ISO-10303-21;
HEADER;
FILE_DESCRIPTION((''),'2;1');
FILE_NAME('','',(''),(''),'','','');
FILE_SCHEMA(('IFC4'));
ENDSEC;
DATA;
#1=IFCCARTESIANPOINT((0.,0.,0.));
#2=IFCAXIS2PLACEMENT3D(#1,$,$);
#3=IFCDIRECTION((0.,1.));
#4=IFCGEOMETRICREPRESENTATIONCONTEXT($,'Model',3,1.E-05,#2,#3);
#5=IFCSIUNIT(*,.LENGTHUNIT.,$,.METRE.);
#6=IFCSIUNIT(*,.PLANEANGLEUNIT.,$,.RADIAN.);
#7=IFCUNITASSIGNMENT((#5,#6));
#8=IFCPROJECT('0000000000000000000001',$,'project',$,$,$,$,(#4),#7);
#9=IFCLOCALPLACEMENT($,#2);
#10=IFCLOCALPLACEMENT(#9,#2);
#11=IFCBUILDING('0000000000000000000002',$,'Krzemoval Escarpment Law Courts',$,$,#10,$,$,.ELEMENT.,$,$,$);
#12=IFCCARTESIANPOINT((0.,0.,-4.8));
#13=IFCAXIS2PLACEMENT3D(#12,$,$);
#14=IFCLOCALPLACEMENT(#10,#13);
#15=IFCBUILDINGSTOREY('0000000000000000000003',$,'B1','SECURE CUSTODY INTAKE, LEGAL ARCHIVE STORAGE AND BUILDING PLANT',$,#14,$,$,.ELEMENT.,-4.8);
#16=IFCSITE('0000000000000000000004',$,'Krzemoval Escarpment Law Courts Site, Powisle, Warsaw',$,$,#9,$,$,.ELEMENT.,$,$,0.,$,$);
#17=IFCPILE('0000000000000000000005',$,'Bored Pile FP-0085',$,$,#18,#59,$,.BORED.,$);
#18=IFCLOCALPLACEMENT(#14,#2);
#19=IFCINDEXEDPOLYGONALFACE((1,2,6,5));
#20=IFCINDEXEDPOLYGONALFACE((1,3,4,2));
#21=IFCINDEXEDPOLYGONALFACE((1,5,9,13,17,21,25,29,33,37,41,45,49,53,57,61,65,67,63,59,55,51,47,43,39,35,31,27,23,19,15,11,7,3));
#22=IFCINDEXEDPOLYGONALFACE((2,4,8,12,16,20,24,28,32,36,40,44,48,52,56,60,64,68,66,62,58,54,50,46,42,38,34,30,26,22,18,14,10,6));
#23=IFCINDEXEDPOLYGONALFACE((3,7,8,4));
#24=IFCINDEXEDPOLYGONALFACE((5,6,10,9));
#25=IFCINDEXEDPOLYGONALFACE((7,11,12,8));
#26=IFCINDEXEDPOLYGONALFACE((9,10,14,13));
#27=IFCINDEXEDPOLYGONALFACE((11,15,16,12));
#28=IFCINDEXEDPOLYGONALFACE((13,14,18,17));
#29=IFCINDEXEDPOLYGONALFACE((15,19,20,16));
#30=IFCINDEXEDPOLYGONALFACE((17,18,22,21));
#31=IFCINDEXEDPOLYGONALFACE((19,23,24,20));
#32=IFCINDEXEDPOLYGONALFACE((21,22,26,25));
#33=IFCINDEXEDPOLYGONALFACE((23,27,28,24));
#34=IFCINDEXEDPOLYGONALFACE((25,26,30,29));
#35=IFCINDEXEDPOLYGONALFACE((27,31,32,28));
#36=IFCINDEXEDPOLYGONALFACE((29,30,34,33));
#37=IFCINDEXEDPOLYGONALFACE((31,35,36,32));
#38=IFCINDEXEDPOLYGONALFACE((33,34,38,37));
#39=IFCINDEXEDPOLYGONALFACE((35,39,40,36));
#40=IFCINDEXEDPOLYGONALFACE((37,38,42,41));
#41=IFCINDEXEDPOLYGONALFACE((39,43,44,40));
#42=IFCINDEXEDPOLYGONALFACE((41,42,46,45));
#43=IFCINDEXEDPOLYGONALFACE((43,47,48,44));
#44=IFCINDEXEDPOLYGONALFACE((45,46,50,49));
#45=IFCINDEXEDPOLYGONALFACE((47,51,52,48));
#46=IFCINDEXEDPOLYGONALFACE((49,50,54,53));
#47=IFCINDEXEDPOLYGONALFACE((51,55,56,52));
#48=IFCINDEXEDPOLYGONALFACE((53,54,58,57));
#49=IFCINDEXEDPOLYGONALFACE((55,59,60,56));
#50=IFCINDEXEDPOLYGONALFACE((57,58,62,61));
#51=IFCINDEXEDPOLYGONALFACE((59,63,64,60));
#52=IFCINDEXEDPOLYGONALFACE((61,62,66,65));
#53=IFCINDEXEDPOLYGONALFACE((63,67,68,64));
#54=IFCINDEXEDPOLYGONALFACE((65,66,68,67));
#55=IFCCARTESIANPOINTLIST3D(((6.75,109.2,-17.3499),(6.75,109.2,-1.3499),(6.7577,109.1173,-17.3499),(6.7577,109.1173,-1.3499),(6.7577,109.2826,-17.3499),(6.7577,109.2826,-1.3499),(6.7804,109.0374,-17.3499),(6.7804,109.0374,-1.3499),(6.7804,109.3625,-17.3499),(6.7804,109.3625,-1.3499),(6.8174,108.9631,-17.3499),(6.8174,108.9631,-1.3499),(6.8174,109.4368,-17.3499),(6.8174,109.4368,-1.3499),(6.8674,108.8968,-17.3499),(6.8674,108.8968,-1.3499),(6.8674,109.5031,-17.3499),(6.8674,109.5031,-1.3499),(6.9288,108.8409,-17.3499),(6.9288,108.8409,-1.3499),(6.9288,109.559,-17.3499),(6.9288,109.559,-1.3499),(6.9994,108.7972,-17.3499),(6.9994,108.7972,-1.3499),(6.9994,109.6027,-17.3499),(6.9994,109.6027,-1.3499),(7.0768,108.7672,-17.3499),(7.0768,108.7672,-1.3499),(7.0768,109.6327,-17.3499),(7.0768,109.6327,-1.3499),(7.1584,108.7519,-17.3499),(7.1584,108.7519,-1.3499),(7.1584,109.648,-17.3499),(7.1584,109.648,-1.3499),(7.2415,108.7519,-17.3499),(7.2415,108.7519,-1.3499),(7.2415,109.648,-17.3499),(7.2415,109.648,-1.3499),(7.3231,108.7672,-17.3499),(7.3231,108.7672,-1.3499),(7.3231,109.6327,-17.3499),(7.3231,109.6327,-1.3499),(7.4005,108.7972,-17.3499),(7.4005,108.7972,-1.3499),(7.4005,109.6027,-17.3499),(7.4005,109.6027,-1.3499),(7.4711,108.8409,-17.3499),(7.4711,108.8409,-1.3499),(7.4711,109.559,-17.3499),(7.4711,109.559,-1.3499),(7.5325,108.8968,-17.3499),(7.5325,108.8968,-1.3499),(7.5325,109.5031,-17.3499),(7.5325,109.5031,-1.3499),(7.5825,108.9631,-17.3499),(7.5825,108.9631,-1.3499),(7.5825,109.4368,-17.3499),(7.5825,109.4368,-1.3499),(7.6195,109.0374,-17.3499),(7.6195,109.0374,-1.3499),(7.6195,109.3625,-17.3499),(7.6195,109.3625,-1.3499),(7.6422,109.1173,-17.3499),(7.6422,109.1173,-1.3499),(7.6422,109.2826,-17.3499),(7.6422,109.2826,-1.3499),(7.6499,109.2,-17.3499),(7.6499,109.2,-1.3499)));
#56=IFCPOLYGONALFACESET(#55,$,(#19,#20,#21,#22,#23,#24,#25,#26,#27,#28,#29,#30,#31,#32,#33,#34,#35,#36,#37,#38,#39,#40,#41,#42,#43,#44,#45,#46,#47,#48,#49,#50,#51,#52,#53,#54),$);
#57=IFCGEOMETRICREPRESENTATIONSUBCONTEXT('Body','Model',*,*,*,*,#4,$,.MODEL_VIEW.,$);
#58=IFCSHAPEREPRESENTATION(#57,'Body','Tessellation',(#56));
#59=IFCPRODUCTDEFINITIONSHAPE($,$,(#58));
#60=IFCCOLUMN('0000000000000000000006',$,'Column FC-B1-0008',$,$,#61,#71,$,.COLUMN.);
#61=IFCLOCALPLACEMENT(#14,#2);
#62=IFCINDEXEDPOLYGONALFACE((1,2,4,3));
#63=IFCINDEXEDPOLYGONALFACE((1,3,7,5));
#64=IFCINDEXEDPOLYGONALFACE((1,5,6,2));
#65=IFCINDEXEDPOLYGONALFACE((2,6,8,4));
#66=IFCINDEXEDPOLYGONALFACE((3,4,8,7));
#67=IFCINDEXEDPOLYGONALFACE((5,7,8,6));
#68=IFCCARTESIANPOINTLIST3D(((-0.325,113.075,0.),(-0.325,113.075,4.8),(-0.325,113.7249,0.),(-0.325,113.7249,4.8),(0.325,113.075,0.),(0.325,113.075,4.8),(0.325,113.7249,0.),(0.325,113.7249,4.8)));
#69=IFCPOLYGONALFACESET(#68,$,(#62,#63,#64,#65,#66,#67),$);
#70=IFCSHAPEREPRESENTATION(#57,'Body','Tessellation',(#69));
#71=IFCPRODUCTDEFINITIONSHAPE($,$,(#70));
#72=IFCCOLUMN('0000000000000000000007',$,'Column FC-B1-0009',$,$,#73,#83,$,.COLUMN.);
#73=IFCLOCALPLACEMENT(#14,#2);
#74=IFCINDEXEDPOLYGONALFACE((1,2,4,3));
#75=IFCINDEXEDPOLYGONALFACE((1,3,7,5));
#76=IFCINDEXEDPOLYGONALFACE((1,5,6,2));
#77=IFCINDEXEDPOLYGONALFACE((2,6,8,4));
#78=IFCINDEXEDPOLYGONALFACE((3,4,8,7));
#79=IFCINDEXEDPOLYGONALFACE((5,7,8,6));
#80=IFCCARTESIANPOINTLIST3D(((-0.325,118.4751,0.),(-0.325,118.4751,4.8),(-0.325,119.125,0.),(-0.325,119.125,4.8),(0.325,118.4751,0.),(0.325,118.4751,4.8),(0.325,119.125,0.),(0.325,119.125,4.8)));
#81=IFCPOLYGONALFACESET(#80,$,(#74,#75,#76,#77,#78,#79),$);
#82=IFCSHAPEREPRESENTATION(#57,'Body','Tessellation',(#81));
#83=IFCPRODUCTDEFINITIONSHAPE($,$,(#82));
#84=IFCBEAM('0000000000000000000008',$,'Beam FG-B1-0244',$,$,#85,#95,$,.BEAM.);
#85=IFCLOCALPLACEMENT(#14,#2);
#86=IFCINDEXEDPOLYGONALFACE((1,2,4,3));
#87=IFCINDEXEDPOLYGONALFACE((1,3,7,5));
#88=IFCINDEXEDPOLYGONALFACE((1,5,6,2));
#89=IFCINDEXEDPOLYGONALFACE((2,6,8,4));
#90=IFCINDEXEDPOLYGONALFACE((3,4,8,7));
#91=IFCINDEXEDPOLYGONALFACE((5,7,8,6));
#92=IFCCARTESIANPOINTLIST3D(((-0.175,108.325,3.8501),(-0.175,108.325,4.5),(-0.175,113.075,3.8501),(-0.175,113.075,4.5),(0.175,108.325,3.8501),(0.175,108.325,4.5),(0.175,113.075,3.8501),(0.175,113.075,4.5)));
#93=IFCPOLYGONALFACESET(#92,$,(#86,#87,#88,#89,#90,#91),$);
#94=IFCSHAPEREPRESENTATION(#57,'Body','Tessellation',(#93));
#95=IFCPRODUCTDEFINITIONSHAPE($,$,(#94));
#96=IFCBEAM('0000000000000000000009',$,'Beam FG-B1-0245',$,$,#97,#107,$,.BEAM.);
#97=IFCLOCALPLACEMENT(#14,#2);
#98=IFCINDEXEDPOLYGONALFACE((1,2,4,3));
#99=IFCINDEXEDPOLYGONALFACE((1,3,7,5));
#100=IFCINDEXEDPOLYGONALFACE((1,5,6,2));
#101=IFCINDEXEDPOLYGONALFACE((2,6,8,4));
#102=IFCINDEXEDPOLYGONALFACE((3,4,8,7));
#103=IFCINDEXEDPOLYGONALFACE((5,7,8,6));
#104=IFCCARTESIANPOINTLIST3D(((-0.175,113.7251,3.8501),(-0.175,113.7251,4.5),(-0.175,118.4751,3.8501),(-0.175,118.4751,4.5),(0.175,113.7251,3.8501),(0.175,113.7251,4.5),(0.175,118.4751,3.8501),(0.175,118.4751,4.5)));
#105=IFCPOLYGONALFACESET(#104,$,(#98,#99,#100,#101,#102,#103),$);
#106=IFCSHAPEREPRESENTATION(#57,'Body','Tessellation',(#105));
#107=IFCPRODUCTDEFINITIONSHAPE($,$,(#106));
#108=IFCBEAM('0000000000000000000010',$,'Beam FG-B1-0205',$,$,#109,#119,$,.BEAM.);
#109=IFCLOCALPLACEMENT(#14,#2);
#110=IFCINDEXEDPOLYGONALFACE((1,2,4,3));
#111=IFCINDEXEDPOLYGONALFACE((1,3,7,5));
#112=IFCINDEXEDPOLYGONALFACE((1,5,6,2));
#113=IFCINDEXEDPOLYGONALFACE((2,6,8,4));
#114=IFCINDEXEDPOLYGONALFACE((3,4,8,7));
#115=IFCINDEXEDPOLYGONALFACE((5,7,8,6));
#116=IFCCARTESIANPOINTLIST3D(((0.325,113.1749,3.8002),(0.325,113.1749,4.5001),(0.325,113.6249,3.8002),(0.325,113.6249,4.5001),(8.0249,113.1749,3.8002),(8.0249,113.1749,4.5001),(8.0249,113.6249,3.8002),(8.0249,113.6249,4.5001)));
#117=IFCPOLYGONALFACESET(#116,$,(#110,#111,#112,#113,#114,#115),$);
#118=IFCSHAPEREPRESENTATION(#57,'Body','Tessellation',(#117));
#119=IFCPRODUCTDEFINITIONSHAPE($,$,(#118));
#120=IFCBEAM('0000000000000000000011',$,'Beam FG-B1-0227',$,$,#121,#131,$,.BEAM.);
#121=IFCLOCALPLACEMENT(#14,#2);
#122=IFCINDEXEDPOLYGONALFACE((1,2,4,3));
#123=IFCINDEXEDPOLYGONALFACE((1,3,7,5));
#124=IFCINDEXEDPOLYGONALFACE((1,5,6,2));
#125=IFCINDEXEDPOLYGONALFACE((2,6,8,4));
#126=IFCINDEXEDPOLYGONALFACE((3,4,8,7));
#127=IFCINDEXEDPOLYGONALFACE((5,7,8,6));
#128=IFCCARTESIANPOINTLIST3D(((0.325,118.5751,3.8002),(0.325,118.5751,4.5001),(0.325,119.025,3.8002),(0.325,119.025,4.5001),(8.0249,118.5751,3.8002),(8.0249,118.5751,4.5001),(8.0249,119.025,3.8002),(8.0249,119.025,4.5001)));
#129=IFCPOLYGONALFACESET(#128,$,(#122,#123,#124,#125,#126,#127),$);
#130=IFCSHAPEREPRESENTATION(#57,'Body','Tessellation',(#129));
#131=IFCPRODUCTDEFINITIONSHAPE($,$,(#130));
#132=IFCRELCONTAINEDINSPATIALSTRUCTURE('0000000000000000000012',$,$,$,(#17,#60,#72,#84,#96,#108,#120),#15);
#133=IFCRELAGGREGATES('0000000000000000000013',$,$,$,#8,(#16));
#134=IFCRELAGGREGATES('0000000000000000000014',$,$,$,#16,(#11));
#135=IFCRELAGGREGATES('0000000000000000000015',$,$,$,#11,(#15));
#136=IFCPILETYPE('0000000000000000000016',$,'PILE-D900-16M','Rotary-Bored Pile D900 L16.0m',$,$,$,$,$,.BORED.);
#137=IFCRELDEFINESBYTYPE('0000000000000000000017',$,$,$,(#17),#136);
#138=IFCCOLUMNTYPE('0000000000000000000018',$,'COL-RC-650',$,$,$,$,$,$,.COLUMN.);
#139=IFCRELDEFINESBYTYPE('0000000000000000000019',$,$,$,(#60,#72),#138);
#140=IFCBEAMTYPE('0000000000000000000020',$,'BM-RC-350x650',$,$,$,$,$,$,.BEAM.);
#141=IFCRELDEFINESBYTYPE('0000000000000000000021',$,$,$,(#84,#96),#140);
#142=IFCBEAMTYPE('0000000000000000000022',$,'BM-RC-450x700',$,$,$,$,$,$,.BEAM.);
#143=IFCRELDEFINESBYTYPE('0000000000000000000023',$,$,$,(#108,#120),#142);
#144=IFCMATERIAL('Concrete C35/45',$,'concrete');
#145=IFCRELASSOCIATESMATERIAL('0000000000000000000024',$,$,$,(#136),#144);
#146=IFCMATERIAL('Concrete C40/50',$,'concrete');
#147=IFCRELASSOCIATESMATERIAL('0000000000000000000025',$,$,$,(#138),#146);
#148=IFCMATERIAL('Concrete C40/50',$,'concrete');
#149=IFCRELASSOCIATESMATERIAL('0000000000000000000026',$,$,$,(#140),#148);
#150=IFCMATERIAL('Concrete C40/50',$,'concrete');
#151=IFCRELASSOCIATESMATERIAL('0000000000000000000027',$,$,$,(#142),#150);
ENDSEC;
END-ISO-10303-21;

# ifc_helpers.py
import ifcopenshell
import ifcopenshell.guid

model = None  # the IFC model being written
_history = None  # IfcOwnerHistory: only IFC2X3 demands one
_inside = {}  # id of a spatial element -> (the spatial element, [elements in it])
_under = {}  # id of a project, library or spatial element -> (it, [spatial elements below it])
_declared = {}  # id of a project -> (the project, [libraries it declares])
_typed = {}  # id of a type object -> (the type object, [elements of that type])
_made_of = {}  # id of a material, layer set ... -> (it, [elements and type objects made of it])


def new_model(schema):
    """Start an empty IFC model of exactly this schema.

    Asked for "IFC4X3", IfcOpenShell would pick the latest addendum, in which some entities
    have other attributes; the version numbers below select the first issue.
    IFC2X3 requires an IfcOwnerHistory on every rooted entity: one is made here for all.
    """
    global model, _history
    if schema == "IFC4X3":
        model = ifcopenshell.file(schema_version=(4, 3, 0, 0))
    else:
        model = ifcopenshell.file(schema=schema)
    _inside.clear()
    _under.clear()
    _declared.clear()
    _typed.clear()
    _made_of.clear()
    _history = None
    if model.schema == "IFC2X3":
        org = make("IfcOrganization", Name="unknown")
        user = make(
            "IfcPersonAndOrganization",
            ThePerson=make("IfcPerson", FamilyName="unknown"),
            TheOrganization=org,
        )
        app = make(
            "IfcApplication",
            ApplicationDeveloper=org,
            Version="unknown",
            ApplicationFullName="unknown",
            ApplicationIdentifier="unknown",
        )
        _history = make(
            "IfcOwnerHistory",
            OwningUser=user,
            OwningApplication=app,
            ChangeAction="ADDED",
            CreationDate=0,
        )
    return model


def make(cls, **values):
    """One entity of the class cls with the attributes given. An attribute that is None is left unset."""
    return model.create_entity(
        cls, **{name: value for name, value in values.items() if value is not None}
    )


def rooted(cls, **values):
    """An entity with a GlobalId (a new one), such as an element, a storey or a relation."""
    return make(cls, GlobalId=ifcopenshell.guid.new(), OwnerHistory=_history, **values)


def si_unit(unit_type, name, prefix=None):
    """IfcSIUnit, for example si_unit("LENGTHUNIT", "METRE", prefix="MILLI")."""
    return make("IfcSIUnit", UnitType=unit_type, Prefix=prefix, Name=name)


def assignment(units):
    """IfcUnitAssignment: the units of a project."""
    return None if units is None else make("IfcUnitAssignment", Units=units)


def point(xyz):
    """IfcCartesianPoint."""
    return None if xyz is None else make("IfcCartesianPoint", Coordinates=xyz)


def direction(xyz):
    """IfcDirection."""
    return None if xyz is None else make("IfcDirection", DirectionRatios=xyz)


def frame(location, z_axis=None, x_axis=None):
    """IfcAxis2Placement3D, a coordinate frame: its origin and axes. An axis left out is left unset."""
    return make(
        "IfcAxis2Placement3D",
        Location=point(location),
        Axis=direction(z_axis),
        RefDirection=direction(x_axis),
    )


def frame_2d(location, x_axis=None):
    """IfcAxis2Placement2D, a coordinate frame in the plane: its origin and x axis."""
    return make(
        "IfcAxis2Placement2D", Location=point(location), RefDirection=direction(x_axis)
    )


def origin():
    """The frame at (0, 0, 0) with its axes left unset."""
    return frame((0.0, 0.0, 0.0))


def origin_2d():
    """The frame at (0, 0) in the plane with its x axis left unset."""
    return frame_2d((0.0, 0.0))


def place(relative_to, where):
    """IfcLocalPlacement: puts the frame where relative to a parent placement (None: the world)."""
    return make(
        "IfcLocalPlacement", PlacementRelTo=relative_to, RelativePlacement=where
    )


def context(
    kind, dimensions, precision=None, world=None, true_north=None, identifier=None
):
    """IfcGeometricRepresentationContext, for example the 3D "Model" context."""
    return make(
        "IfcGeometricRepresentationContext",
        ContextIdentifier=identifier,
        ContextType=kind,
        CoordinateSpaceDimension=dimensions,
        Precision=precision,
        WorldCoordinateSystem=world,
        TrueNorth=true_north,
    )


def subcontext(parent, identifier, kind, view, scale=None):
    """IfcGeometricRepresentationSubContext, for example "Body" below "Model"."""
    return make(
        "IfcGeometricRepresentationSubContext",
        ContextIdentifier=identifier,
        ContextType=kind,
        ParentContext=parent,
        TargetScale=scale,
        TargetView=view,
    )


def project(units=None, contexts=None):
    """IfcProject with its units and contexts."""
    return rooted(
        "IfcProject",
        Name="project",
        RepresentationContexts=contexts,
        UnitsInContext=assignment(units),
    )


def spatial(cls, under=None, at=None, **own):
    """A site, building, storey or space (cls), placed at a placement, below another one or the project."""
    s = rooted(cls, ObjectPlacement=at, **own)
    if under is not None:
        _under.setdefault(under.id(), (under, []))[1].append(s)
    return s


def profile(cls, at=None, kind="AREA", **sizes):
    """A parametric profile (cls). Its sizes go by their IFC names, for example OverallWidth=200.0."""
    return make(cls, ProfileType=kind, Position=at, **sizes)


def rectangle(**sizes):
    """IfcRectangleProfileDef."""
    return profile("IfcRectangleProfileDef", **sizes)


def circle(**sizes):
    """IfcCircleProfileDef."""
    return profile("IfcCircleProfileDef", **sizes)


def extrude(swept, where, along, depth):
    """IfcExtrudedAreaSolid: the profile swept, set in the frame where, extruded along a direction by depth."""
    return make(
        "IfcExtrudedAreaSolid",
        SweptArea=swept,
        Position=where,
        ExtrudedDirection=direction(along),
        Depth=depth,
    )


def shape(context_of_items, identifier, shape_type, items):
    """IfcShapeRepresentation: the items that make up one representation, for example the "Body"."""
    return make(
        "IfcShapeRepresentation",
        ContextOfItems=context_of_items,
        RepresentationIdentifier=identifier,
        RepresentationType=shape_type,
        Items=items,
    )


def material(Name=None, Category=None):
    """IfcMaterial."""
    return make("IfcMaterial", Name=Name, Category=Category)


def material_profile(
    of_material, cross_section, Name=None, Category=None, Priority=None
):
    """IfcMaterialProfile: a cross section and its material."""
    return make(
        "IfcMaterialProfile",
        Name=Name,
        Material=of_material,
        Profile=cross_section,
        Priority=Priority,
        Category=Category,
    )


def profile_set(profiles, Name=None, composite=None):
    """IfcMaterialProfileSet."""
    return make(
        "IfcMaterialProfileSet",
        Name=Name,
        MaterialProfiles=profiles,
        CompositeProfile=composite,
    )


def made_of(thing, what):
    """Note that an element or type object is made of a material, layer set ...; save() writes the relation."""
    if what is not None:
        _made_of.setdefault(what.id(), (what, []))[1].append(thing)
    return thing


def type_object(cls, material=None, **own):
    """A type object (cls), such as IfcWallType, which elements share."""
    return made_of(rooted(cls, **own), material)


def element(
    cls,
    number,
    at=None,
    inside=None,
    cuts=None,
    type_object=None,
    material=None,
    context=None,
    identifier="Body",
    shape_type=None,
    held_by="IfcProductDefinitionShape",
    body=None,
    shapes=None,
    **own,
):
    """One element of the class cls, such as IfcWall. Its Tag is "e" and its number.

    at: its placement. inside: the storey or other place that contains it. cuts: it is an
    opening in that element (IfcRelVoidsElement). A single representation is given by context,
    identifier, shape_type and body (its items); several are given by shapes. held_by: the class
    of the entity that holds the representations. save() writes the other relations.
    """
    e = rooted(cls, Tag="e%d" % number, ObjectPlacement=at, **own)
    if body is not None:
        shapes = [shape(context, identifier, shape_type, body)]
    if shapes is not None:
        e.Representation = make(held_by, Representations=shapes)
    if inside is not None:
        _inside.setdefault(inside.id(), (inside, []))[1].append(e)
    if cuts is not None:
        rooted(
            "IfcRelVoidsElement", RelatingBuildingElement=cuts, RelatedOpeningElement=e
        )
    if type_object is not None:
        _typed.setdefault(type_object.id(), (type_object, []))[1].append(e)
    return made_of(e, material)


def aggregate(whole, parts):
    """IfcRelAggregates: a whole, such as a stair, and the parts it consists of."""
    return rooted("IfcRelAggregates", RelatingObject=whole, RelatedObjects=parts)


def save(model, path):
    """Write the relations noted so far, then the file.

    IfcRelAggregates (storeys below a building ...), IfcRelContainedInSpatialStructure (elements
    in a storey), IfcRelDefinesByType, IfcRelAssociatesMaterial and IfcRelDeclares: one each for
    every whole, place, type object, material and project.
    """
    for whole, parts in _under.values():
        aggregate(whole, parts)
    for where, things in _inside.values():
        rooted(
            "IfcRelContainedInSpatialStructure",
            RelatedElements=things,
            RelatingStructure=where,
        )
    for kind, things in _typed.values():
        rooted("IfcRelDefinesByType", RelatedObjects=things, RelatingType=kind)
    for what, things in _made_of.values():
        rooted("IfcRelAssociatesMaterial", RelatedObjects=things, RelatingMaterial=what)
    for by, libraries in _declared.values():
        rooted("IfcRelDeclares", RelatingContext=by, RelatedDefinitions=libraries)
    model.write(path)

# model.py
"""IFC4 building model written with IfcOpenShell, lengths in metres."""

from ifc_helpers import new_model, si_unit, direction, frame, origin, origin_2d, place, context, subcontext, project, spatial, rectangle, circle, extrude, material, material_profile, profile_set, type_object, element, save


model = new_model("IFC4")

# Units and contexts
model_context = context("Model", 3, precision=1e-05, world=origin(), true_north=direction((0.0, 1.0)))
body_context = subcontext(model_context, "Body", "Model", "MODEL_VIEW")
ifc_project = project(units=[si_unit("LENGTHUNIT", "METRE"), si_unit("PLANEANGLEUNIT", "RADIAN")], contexts=[model_context])

# Site, building, storey
site_placement = place(None, origin())
site = spatial("IfcSite", under=ifc_project, at=site_placement, Name="Krzemoval Escarpment Law Courts Site, Powisle, Warsaw", CompositionType="ELEMENT", RefElevation=0.0)
building_placement = place(site_placement, origin())
building = spatial("IfcBuilding", under=site, at=building_placement, Name="Krzemoval Escarpment Law Courts", CompositionType="ELEMENT")
storey_placement = place(building_placement, frame((0.0, 0.0, -4.8)))
storey = spatial("IfcBuildingStorey", under=building, at=storey_placement, Name="B1", Description="SECURE CUSTODY INTAKE, LEGAL ARCHIVE STORAGE AND BUILDING PLANT", CompositionType="ELEMENT", Elevation=-4.8)

# Pile
ifc_material_1 = material(Name="Concrete C35/45", Category="concrete")
ifc_material_profile_1 = material_profile(ifc_material_1, circle(Radius=0.45, at=origin_2d()), Name="PILE D900")
ifc_profile_set_1 = profile_set([ifc_material_profile_1], Name="Concrete C35/45")
pile_type = type_object("IfcPileType", Name="PILE-D900-16M", Description="Rotary-Bored Pile D900 L16.0m", PredefinedType="BORED", material=ifc_profile_set_1)
for number, where, z_axis, x_axis, name in (
    (1, (7.2, 109.2, -1.3499), (0.0, 0.0, -1.0), (1.0, 0.0, 0.0), "Bored Pile FP-0085"),
):
    element("IfcPile", number, at=place(storey_placement, frame(where, z_axis=z_axis, x_axis=x_axis)), inside=storey, type_object=pile_type, Name=name, PredefinedType="BORED", context=body_context, shape_type="SweptSolid", body=[
        extrude(circle(Radius=0.45, at=origin_2d()), origin(), (0.0, 0.0, 1.0), 16.0),
    ])

# Columns
ifc_material_2 = material(Name="Concrete C40/50", Category="concrete")
ifc_material_profile_2 = material_profile(ifc_material_2, rectangle(XDim=0.6499, YDim=0.6499, at=origin_2d()), Name="RC 650x650")
ifc_profile_set_2 = profile_set([ifc_material_profile_2], Name="Concrete C40/50")
column_type = type_object("IfcColumnType", Name="COL-RC-650", PredefinedType="COLUMN", material=ifc_profile_set_2)
for number, where, z_axis, x_axis, name in (
    (2, (0.0, 113.3999, 0.0), (0.0, 0.0, 1.0), (1.0, 0.0, 0.0), "Column FC-B1-0008"),
    (3, (0.0, 118.8, 0.0), (0.0, 0.0, 1.0), (1.0, 0.0, 0.0), "Column FC-B1-0009"),
):
    element("IfcColumn", number, at=place(storey_placement, frame(where, z_axis=z_axis, x_axis=x_axis)), inside=storey, type_object=column_type, Name=name, PredefinedType="COLUMN", context=body_context, shape_type="SweptSolid", body=[
        extrude(rectangle(XDim=0.6499, YDim=0.6499, at=origin_2d()), origin(), (0.0, 0.0, 1.0), 4.8),
    ])

# Beams
ifc_material_3 = material(Name="Concrete C40/50", Category="concrete")
ifc_material_profile_3 = material_profile(ifc_material_3, rectangle(XDim=0.3501, YDim=0.6499, at=origin_2d()), Name="RCB 350x650")
ifc_profile_set_3 = profile_set([ifc_material_profile_3], Name="Concrete C40/50")
beam_type_1 = type_object("IfcBeamType", Name="BM-RC-350x650", PredefinedType="BEAM", material=ifc_profile_set_3)
for number, where, z_axis, x_axis, name in (
    (4, (0.0, 108.325, 4.175), (0.0, 1.0, 0.0), (-1.0, 0.0, 0.0), "Beam FG-B1-0244"),
    (5, (0.0, 113.7251, 4.175), (0.0, 1.0, 0.0), (-1.0, 0.0, 0.0), "Beam FG-B1-0245"),
):
    element("IfcBeam", number, at=place(storey_placement, frame(where, z_axis=z_axis, x_axis=x_axis)), inside=storey, type_object=beam_type_1, Name=name, PredefinedType="BEAM", context=body_context, shape_type="SweptSolid", body=[
        extrude(rectangle(XDim=0.3501, YDim=0.6499, at=origin_2d()), origin(), (0.0, 0.0, 1.0), 4.75),
    ])
ifc_material_4 = material(Name="Concrete C40/50", Category="concrete")
ifc_material_profile_4 = material_profile(ifc_material_4, rectangle(XDim=0.45, YDim=0.7, at=origin_2d()), Name="RCB 450x700")
ifc_profile_set_4 = profile_set([ifc_material_profile_4], Name="Concrete C40/50")
beam_type_2 = type_object("IfcBeamType", Name="BM-RC-450x700", PredefinedType="BEAM", material=ifc_profile_set_4)
for number, where, z_axis, x_axis, name in (
    (6, (0.325, 113.3999, 4.1501), (1.0, 0.0, 0.0), (0.0, 1.0, 0.0), "Beam FG-B1-0205"),
    (7, (0.325, 118.8, 4.1501), (1.0, 0.0, 0.0), (0.0, 1.0, 0.0), "Beam FG-B1-0227"),
):
    element("IfcBeam", number, at=place(storey_placement, frame(where, z_axis=z_axis, x_axis=x_axis)), inside=storey, type_object=beam_type_2, Name=name, PredefinedType="BEAM", context=body_context, shape_type="SweptSolid", body=[
        extrude(rectangle(XDim=0.45, YDim=0.7, at=origin_2d()), origin(), (0.0, 0.0, 1.0), 7.7),
    ])

save(model, "model.ifc")
